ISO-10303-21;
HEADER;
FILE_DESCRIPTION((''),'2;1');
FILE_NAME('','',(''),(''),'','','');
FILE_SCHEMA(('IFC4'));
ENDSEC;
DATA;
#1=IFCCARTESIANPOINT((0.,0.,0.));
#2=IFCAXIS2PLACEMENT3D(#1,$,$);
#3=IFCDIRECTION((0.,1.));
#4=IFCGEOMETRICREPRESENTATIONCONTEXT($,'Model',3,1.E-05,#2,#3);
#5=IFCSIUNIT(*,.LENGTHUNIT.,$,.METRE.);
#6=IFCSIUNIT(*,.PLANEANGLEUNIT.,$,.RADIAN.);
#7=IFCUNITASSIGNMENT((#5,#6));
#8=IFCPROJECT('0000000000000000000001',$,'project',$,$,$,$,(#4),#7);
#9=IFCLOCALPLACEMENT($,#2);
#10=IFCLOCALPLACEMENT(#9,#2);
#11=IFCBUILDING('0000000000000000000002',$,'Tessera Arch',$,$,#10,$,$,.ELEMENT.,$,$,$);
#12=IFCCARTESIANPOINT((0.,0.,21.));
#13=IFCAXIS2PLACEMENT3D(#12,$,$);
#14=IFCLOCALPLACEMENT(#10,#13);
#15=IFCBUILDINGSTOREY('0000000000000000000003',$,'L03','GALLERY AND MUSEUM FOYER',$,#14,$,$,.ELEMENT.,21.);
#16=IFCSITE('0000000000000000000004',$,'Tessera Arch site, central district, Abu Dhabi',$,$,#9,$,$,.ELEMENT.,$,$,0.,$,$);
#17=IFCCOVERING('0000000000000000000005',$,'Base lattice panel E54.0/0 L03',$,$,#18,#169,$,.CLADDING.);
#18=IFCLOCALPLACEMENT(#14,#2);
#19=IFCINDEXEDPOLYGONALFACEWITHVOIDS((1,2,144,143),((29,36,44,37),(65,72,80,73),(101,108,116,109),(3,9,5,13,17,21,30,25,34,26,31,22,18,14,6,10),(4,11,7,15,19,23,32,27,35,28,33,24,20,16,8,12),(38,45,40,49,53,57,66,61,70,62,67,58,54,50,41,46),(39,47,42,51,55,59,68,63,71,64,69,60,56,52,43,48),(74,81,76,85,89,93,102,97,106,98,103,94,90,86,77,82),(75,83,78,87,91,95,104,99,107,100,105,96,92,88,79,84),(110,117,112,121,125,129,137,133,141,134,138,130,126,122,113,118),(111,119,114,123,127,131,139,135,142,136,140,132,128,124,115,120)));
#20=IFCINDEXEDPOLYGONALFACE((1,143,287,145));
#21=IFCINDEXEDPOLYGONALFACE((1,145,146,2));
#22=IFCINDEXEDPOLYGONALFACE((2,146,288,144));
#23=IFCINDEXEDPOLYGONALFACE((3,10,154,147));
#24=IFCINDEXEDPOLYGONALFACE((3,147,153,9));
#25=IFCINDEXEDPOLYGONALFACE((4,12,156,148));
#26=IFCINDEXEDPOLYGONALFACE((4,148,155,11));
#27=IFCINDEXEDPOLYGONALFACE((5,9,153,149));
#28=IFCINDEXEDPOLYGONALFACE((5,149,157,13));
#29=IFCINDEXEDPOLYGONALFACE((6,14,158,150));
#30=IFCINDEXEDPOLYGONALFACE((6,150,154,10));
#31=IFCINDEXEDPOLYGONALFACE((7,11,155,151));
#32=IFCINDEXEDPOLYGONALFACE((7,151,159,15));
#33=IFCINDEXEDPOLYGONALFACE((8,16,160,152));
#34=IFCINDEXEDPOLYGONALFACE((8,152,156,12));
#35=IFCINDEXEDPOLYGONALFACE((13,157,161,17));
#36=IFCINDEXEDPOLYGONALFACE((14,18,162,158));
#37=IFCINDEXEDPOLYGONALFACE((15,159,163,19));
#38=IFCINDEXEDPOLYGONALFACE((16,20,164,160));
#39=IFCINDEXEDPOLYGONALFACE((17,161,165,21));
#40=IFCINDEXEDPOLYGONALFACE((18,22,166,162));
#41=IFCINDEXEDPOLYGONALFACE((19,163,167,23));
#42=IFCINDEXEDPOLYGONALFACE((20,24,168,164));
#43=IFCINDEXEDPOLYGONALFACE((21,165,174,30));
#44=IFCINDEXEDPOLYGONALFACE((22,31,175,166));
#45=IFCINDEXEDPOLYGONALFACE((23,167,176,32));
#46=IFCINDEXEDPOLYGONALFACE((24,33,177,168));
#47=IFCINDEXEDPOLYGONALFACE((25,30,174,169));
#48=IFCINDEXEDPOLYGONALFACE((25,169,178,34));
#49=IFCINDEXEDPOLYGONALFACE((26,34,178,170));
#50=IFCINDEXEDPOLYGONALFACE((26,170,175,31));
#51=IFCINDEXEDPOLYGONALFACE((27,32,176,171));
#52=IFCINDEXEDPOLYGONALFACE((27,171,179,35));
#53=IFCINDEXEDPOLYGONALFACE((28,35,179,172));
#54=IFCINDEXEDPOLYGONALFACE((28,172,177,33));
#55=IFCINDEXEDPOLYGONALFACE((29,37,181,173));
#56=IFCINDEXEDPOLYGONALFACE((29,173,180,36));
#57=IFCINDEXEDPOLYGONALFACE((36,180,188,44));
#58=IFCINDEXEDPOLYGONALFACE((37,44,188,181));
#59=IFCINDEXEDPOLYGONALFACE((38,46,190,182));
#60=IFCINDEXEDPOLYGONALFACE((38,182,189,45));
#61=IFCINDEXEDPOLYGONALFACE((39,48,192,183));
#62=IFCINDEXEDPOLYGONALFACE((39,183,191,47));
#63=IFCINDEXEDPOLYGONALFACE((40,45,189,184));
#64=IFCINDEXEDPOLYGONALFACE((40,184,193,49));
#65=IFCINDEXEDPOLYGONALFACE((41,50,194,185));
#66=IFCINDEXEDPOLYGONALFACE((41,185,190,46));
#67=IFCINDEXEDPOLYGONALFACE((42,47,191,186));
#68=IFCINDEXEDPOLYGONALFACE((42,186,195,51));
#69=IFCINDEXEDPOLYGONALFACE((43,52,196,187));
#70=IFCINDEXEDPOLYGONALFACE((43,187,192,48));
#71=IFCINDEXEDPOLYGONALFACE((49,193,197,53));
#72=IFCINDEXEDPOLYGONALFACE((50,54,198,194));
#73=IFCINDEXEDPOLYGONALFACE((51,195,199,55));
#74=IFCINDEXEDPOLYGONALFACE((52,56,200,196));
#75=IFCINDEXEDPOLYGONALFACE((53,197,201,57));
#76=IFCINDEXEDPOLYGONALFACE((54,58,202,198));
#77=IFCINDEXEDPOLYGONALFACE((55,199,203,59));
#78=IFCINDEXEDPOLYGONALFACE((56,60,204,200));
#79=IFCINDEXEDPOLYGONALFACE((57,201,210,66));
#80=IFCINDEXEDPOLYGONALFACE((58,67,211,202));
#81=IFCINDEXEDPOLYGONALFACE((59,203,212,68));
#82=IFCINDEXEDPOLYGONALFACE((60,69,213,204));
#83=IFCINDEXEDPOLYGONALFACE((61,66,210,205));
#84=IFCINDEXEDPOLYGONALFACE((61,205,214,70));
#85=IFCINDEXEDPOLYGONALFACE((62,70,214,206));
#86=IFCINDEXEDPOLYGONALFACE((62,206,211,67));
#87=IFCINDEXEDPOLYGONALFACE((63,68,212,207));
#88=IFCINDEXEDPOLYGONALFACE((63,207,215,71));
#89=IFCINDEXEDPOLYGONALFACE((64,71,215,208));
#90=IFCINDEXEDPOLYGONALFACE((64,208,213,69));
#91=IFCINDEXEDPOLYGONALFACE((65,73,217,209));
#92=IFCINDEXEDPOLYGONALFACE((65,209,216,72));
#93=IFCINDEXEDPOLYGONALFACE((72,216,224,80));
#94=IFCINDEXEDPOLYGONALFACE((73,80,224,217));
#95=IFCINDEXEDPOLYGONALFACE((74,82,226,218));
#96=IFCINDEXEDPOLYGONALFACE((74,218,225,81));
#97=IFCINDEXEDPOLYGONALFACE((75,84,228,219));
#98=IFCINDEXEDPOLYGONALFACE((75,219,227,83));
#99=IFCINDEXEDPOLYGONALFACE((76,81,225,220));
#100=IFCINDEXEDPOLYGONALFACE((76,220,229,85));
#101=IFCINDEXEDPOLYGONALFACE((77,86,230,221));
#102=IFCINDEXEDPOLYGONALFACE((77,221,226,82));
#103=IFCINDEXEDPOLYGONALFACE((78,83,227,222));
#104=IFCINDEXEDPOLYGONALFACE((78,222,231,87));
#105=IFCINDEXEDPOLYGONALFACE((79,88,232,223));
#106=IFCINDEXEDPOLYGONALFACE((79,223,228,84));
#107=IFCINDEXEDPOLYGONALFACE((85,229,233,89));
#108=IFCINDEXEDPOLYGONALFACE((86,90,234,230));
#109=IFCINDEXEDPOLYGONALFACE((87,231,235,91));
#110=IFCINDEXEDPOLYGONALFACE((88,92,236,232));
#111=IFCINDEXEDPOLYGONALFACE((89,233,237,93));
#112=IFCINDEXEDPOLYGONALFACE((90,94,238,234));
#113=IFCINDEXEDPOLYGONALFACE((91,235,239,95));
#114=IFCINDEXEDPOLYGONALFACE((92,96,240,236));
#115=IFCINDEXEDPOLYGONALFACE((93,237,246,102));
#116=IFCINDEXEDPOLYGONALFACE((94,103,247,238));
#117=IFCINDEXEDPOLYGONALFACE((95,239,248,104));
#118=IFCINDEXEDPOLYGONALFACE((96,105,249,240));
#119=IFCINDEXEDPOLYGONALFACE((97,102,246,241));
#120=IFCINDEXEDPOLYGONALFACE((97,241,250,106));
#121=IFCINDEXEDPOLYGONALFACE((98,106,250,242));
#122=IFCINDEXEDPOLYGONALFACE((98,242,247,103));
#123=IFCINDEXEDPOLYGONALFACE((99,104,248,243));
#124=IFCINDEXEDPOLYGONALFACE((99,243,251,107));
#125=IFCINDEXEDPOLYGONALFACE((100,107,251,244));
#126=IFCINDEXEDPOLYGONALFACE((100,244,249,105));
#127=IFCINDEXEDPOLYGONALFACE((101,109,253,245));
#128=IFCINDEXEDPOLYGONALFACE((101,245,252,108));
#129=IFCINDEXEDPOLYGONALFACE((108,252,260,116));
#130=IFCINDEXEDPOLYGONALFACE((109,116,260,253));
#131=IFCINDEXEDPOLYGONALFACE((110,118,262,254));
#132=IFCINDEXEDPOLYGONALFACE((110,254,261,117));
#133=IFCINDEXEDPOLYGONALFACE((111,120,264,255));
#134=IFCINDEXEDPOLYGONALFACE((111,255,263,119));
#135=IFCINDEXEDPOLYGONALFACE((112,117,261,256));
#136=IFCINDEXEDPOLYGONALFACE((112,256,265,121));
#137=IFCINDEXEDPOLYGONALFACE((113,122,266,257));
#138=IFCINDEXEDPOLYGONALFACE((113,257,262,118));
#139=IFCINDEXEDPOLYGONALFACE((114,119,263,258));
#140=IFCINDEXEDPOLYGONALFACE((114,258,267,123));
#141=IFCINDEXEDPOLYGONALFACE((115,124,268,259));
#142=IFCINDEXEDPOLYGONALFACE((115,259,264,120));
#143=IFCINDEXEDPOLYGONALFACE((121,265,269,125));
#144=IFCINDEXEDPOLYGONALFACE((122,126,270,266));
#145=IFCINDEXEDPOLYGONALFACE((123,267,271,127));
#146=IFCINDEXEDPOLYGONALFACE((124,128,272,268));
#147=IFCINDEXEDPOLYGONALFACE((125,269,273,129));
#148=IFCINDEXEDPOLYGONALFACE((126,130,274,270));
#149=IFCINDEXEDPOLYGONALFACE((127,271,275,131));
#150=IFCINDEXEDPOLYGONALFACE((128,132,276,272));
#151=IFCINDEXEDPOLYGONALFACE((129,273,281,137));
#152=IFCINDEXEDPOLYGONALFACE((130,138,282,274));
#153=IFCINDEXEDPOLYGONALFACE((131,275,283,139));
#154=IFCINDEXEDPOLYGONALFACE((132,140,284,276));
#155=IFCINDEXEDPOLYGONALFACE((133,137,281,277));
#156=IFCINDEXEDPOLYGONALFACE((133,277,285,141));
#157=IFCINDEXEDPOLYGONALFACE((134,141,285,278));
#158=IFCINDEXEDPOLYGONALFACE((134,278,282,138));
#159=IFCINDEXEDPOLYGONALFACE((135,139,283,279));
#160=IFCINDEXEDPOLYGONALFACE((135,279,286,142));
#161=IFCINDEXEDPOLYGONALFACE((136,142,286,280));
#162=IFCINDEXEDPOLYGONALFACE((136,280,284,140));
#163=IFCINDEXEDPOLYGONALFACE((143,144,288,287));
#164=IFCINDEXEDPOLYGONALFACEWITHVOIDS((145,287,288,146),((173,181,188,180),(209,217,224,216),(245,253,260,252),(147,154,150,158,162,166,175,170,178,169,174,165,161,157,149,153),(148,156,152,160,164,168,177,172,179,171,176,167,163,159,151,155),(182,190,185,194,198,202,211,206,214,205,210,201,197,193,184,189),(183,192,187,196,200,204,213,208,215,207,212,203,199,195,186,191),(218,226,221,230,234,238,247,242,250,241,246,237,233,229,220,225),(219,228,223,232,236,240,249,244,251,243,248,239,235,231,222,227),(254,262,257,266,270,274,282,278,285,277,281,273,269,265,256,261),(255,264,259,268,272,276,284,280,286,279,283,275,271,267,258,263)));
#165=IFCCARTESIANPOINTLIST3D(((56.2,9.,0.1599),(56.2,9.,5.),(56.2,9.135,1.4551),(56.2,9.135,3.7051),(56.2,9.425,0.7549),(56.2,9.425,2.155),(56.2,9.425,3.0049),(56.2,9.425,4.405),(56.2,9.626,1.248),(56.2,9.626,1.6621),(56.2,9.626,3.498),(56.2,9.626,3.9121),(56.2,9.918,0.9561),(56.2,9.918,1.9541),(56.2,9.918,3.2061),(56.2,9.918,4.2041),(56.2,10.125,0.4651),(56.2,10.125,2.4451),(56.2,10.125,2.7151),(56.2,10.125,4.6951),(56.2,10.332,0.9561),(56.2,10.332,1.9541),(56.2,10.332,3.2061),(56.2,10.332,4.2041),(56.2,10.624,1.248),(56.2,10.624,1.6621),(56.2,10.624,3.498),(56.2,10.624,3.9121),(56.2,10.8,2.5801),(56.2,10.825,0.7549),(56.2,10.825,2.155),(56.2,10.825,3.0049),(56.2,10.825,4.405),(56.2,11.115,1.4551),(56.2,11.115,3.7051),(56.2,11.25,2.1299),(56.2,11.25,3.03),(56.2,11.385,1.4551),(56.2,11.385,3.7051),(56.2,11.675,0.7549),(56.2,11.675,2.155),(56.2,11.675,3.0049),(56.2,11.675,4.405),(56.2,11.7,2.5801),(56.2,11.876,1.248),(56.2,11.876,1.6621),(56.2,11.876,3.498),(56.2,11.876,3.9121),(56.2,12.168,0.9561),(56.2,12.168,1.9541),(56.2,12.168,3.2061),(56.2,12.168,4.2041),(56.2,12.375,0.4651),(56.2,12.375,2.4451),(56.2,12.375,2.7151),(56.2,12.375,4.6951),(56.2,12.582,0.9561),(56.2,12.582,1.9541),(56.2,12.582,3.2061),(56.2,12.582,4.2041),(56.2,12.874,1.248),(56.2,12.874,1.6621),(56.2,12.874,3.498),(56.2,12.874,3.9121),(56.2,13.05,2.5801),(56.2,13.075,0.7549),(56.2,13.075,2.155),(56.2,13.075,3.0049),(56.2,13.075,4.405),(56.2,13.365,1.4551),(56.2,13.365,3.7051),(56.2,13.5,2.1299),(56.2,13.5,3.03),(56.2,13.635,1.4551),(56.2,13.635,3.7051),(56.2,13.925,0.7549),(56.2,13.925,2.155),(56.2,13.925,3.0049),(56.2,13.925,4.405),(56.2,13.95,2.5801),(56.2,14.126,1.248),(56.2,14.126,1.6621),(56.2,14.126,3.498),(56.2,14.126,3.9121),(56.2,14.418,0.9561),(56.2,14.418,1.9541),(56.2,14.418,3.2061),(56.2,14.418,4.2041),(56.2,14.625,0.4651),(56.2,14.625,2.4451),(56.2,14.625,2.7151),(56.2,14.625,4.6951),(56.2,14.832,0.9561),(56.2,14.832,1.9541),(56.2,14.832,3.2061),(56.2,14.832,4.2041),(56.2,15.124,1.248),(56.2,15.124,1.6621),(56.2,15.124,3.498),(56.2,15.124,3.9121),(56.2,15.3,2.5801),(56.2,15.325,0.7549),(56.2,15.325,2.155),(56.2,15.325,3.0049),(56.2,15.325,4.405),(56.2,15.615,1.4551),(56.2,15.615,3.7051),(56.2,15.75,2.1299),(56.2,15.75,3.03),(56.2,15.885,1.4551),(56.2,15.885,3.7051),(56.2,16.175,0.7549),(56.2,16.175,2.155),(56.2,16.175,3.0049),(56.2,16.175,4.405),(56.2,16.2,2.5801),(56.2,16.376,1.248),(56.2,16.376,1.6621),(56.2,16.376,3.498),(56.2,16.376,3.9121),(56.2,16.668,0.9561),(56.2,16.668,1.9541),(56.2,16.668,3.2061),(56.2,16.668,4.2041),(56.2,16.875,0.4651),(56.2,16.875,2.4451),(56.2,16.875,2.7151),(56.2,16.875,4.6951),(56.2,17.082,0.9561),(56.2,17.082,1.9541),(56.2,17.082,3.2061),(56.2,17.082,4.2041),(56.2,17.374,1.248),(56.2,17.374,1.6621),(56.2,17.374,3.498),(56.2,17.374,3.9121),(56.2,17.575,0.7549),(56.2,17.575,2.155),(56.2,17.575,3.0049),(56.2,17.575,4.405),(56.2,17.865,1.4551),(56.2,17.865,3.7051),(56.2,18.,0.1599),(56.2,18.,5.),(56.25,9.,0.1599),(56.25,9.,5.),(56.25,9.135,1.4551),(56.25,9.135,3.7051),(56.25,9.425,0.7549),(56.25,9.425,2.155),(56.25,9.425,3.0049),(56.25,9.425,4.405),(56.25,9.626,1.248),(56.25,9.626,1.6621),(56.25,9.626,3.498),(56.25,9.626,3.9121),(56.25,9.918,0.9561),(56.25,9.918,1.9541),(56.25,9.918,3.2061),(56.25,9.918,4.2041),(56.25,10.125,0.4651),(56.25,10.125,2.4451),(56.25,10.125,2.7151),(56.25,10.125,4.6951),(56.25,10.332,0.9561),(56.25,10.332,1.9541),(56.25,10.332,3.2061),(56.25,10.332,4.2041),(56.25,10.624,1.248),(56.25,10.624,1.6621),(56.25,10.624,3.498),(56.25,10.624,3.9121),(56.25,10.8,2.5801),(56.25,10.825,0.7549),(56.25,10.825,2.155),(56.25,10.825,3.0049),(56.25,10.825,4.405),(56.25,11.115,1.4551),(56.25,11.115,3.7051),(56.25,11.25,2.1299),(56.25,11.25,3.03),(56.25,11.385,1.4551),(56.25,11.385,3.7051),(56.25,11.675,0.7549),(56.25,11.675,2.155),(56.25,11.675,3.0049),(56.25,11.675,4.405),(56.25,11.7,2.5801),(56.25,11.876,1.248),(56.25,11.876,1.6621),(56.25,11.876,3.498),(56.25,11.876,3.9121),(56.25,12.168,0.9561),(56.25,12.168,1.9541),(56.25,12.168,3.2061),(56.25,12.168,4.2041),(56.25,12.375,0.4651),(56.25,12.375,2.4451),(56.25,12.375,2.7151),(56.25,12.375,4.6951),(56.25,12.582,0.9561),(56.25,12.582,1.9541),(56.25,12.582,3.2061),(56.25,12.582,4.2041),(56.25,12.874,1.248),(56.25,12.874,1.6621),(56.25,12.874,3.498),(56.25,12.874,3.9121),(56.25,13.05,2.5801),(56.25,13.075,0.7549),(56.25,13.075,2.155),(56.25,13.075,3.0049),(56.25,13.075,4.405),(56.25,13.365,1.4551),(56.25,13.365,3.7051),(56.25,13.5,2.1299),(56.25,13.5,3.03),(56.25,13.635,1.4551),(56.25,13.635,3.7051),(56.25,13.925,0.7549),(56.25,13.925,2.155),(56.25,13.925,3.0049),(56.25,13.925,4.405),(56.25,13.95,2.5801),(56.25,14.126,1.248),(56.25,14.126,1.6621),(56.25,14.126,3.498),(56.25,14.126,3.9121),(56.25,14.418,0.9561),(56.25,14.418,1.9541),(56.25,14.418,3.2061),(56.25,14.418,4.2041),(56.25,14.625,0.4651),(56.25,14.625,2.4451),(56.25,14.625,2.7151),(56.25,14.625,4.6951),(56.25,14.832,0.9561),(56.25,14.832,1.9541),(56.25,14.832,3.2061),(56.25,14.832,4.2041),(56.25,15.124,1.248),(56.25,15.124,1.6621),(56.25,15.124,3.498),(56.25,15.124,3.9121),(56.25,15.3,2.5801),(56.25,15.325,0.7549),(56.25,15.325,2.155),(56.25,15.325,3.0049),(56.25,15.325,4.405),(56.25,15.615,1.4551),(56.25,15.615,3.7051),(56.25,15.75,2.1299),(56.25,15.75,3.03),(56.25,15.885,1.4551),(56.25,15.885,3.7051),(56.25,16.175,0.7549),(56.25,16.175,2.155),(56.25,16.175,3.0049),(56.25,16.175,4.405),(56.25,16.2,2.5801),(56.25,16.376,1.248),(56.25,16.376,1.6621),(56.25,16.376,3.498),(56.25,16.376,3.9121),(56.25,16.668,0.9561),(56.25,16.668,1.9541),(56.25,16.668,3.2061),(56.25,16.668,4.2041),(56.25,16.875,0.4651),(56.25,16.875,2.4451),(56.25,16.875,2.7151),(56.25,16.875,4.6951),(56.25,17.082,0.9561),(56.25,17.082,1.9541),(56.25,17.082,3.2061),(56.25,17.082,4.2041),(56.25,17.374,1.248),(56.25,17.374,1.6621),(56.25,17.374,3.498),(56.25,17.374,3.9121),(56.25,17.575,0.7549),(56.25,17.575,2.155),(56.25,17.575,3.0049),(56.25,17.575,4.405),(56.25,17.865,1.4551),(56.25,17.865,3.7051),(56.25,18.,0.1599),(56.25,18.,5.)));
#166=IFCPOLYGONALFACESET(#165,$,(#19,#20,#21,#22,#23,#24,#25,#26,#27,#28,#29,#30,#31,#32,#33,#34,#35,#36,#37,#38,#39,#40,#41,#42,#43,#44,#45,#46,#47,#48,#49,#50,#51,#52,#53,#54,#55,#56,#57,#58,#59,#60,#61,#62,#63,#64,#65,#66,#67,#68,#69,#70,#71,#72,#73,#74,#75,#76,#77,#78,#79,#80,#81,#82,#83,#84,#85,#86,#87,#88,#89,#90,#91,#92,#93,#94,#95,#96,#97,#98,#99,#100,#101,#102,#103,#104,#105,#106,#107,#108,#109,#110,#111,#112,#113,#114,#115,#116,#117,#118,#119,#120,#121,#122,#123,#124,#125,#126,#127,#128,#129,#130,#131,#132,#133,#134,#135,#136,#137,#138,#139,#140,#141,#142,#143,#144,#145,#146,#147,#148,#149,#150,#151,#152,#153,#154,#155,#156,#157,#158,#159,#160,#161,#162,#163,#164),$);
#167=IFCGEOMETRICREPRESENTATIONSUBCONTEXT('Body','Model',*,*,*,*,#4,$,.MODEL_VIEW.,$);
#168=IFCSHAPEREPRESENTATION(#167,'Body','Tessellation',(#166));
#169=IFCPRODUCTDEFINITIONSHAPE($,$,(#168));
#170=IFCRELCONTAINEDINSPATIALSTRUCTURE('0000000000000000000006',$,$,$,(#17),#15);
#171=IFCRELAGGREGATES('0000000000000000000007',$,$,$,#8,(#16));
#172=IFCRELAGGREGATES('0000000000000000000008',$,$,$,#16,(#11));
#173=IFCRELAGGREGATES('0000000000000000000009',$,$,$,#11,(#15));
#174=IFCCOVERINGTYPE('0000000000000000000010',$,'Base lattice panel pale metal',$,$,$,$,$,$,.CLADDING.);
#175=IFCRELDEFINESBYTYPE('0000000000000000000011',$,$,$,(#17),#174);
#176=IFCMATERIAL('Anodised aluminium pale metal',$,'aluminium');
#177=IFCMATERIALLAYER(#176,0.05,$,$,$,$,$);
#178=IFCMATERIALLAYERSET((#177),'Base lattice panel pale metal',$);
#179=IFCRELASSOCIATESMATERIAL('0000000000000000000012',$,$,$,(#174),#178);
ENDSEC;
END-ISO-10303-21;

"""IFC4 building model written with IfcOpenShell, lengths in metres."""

from ifc_helpers import new_model, si_unit, direction, frame, origin, place, context, subcontext, project, spatial, polyline, outline, extrude, material, layer, layer_set, type_object, element, save


model = new_model("IFC4")

# Units and contexts
model_context = context("Model", 3, precision=1e-05, world=origin(), true_north=direction((0.0, 1.0)))
body_context = subcontext(model_context, "Body", "Model", "MODEL_VIEW")
ifc_project = project(units=[si_unit("LENGTHUNIT", "METRE"), si_unit("PLANEANGLEUNIT", "RADIAN")], contexts=[model_context])

# Site, building, storey
site_placement = place(None, origin())
site = spatial("IfcSite", under=ifc_project, at=site_placement, Name="Tessera Arch site, central district, Abu Dhabi", CompositionType="ELEMENT", RefElevation=0.0)
building_placement = place(site_placement, origin())
building = spatial("IfcBuilding", under=site, at=building_placement, Name="Tessera Arch", CompositionType="ELEMENT")
storey_placement = place(building_placement, frame((0.0, 0.0, 21.0)))
storey = spatial("IfcBuildingStorey", under=building, at=storey_placement, Name="L03", Description="GALLERY AND MUSEUM FOYER", CompositionType="ELEMENT", Elevation=21.0)

# Covering
ifc_material_1 = material(Name="Anodised aluminium pale metal", Category="aluminium")
ifc_layer_1 = layer(ifc_material_1, 0.05)
ifc_layer_set_1 = layer_set([ifc_layer_1], Name="Base lattice panel pale metal")
covering_type = type_object("IfcCoveringType", Name="Base lattice panel pale metal", PredefinedType="CLADDING", material=ifc_layer_set_1)
covering_1_placement = place(storey_placement, frame((56.2, 9.0, 5.0), z_axis=(-1.0, 0.0, 0.0), x_axis=(0.0, 1.0, 0.0)))
element("IfcCovering", 1, at=covering_1_placement, inside=storey, type_object=covering_type, Name="Base lattice panel E54.0/0 L03", PredefinedType="CLADDING", context=body_context, shape_type="SweptSolid", body=[
    extrude(outline(polyline([(0.0, 0.0), (9.0, 0.0), (9.0, 4.8401), (0.0, 4.8401), (0.0, 0.0)]), holes=[polyline([(2.115, 3.5449), (1.624, 3.3379), (1.825, 2.845), (1.332, 3.0459), (1.125, 2.5549), (0.918, 3.0459), (0.425, 2.845), (0.626, 3.3379), (0.135, 3.5449), (0.626, 3.752), (0.425, 4.2451), (0.918, 4.0439), (1.125, 4.5349), (1.332, 4.0439), (1.825, 4.2451), (1.624, 3.752), (2.115, 3.5449)]), polyline([(2.115, 1.2949), (1.624, 1.0879), (1.825, 0.595), (1.332, 0.7959), (1.125, 0.3049), (0.918, 0.7959), (0.425, 0.595), (0.626, 1.0879), (0.135, 1.2949), (0.626, 1.502), (0.425, 1.9951), (0.918, 1.7939), (1.125, 2.2849), (1.332, 1.7939), (1.825, 1.9951), (1.624, 1.502), (2.115, 1.2949)]), polyline([(4.365, 3.5449), (3.874, 3.3379), (4.075, 2.845), (3.582, 3.0459), (3.375, 2.5549), (3.168, 3.0459), (2.675, 2.845), (2.876, 3.3379), (2.385, 3.5449), (2.876, 3.752), (2.675, 4.2451), (3.168, 4.0439), (3.375, 4.5349), (3.582, 4.0439), (4.075, 4.2451), (3.874, 3.752), (4.365, 3.5449)]), polyline([(4.365, 1.2949), (3.874, 1.0879), (4.075, 0.595), (3.582, 0.7959), (3.375, 0.3049), (3.168, 0.7959), (2.675, 0.595), (2.876, 1.0879), (2.385, 1.2949), (2.876, 1.502), (2.675, 1.9951), (3.168, 1.7939), (3.375, 2.2849), (3.582, 1.7939), (4.075, 1.9951), (3.874, 1.502), (4.365, 1.2949)]), polyline([(6.615, 3.5449), (6.124, 3.3379), (6.325, 2.845), (5.832, 3.0459), (5.625, 2.5549), (5.418, 3.0459), (4.925, 2.845), (5.126, 3.3379), (4.635, 3.5449), (5.126, 3.752), (4.925, 4.2451), (5.418, 4.0439), (5.625, 4.5349), (5.832, 4.0439), (6.325, 4.2451), (6.124, 3.752), (6.615, 3.5449)]), polyline([(6.615, 1.2949), (6.124, 1.0879), (6.325, 0.595), (5.832, 0.7959), (5.625, 0.3049), (5.418, 0.7959), (4.925, 0.595), (5.126, 1.0879), (4.635, 1.2949), (5.126, 1.502), (4.925, 1.9951), (5.418, 1.7939), (5.625, 2.2849), (5.832, 1.7939), (6.325, 1.9951), (6.124, 1.502), (6.615, 1.2949)]), polyline([(8.865, 3.5449), (8.374, 3.3379), (8.575, 2.845), (8.082, 3.0459), (7.875, 2.5549), (7.668, 3.0459), (7.175, 2.845), (7.376, 3.3379), (6.885, 3.5449), (7.376, 3.752), (7.175, 4.2451), (7.668, 4.0439), (7.875, 4.5349), (8.082, 4.0439), (8.575, 4.2451), (8.374, 3.752), (8.865, 3.5449)]), polyline([(8.865, 1.2949), (8.374, 1.0879), (8.575, 0.595), (8.082, 0.7959), (7.875, 0.3049), (7.668, 0.7959), (7.175, 0.595), (7.376, 1.0879), (6.885, 1.2949), (7.376, 1.502), (7.175, 1.9951), (7.668, 1.7939), (7.875, 2.2849), (8.082, 1.7939), (8.575, 1.9951), (8.374, 1.502), (8.865, 1.2949)]), polyline([(2.7, 2.4199), (2.25, 1.97), (1.8, 2.4199), (2.25, 2.8701), (2.7, 2.4199)]), polyline([(4.95, 2.4199), (4.5, 1.97), (4.05, 2.4199), (4.5, 2.8701), (4.95, 2.4199)]), polyline([(7.2, 2.4199), (6.75, 1.97), (6.3, 2.4199), (6.75, 2.8701), (7.2, 2.4199)])]), origin(), (0.0, 0.0, -1.0), 0.05),
])

save(model, "model.ifc")
